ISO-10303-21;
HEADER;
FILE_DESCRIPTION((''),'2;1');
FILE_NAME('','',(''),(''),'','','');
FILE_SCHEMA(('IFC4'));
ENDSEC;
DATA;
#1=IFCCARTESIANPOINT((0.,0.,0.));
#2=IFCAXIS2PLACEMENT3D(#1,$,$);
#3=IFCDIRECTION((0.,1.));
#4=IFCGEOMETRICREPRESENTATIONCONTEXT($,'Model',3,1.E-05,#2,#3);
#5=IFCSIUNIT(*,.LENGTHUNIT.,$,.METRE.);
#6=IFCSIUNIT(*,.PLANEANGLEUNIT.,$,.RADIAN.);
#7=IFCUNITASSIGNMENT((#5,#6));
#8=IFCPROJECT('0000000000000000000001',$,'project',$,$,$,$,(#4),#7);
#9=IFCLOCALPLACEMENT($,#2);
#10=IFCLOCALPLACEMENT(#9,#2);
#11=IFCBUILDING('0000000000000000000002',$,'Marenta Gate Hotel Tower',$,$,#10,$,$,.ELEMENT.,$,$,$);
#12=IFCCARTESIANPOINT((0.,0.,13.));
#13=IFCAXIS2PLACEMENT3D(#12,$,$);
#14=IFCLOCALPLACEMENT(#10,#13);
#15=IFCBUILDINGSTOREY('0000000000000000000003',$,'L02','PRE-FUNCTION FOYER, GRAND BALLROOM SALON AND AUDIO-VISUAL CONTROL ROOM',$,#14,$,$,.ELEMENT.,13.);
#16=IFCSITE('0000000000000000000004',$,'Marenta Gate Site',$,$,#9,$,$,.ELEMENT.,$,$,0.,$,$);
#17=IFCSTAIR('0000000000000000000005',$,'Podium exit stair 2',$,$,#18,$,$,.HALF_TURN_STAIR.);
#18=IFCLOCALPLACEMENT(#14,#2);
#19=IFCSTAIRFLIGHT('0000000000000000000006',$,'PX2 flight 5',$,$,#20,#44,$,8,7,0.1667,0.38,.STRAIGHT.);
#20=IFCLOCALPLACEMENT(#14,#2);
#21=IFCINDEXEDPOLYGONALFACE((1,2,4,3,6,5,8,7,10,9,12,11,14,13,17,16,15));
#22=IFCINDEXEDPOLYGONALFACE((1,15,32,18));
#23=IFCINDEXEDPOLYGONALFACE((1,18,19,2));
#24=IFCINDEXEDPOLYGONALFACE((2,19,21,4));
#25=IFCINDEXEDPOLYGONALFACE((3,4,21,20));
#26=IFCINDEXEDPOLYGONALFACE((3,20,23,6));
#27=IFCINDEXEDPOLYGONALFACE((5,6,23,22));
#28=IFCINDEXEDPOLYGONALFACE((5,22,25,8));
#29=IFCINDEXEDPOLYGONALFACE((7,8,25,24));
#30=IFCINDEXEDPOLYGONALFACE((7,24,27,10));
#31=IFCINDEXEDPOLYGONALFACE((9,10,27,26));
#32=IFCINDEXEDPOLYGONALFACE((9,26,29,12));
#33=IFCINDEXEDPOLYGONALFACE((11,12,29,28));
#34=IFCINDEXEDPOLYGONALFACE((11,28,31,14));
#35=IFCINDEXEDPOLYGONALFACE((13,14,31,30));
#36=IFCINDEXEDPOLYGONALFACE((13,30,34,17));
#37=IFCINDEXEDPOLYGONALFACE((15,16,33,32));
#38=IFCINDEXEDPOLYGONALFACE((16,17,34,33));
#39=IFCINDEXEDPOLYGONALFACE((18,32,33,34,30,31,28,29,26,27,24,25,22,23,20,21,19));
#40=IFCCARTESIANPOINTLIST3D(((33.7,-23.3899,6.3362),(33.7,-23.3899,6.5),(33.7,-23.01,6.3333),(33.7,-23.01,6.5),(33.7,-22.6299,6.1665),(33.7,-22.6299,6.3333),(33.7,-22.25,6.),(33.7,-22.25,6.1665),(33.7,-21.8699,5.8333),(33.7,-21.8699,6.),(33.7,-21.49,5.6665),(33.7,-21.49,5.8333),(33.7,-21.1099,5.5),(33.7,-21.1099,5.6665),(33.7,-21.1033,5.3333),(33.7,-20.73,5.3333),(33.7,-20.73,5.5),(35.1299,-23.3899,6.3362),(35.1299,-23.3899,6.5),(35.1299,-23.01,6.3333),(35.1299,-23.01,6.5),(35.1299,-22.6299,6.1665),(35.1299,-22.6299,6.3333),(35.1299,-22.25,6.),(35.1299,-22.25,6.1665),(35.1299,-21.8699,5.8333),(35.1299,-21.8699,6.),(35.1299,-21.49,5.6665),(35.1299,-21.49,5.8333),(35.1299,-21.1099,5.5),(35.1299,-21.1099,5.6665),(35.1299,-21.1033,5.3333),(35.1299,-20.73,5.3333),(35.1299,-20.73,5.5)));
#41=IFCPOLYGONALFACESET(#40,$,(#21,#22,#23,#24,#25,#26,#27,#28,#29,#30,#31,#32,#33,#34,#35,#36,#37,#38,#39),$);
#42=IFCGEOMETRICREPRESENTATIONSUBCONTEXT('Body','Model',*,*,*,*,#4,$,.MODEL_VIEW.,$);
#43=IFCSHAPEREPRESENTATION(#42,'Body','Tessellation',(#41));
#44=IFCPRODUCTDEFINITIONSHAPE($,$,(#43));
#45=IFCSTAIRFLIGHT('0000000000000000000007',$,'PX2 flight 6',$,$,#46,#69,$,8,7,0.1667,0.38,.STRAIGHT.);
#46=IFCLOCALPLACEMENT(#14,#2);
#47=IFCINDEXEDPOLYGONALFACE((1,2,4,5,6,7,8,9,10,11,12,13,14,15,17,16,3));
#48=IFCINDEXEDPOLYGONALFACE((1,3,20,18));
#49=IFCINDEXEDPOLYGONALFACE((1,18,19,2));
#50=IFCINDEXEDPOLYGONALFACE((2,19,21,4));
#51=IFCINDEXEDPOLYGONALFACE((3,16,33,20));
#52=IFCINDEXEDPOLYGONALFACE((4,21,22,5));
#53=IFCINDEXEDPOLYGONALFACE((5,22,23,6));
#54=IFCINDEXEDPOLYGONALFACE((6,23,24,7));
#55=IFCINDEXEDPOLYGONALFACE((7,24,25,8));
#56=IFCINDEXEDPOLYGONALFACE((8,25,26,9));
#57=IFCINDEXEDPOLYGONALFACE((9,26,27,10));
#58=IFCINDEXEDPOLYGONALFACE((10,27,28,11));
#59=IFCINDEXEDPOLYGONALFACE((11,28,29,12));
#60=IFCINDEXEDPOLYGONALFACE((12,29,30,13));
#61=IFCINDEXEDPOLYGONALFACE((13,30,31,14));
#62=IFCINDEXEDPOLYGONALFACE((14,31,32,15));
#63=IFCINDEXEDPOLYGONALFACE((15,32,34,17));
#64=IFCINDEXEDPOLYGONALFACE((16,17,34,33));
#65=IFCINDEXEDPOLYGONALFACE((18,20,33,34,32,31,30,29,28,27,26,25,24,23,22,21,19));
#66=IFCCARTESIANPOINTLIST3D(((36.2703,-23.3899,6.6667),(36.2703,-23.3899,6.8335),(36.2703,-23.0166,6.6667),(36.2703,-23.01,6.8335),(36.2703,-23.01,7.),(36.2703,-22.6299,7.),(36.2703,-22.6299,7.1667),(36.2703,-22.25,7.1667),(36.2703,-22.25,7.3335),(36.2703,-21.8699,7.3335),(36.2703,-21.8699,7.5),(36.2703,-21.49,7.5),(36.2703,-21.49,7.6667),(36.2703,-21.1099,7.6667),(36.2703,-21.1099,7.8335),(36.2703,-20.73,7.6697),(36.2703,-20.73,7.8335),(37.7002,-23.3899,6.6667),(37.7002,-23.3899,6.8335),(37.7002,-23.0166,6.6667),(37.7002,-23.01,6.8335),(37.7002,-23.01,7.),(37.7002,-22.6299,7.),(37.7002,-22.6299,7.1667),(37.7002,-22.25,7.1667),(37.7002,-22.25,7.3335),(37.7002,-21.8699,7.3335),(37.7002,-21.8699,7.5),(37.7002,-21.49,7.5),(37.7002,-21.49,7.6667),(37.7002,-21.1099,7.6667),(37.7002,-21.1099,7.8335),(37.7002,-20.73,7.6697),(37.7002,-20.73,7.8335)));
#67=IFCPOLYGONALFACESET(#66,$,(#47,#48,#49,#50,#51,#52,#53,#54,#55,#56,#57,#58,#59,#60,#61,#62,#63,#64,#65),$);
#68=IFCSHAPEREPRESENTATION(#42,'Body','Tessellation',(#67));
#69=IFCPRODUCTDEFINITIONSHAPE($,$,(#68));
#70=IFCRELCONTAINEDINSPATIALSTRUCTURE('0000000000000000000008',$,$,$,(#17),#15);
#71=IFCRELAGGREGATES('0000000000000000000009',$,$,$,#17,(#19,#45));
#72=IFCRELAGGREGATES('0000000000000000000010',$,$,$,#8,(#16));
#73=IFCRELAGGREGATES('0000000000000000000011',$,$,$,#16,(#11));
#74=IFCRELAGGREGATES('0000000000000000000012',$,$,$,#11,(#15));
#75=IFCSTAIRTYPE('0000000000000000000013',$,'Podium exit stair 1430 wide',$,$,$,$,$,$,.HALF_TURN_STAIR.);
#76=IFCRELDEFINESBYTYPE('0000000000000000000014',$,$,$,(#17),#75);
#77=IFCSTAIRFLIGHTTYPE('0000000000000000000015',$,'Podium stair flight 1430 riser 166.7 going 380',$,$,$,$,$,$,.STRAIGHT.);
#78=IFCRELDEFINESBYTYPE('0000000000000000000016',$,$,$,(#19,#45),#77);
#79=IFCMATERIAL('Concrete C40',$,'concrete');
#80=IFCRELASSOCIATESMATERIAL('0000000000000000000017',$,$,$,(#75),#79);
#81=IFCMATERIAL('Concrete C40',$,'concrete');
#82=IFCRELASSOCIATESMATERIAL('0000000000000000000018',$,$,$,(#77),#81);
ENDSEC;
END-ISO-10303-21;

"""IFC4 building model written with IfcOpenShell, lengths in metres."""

from ifc_helpers import new_model, si_unit, direction, frame, origin, place, context, subcontext, project, spatial, polyline, outline, extrude, material, type_object, element, aggregate, save


model = new_model("IFC4")

# Units and contexts
model_context = context("Model", 3, precision=1e-05, world=origin(), true_north=direction((0.0, 1.0)))
body_context = subcontext(model_context, "Body", "Model", "MODEL_VIEW")
ifc_project = project(units=[si_unit("LENGTHUNIT", "METRE"), si_unit("PLANEANGLEUNIT", "RADIAN")], contexts=[model_context])

# Site, building, storey
site_placement = place(None, origin())
site = spatial("IfcSite", under=ifc_project, at=site_placement, Name="Marenta Gate Site", CompositionType="ELEMENT", RefElevation=0.0)
building_placement = place(site_placement, origin())
building = spatial("IfcBuilding", under=site, at=building_placement, Name="Marenta Gate Hotel Tower", CompositionType="ELEMENT")
storey_placement = place(building_placement, frame((0.0, 0.0, 13.0)))
storey = spatial("IfcBuildingStorey", under=building, at=storey_placement, Name="L02", Description="PRE-FUNCTION FOYER, GRAND BALLROOM SALON AND AUDIO-VISUAL CONTROL ROOM", CompositionType="ELEMENT", Elevation=13.0)

# Stair, stair flights
ifc_material_1 = material(Name="Concrete C40", Category="concrete")
stair_type = type_object("IfcStairType", Name="Podium exit stair 1430 wide", PredefinedType="HALF_TURN_STAIR", material=ifc_material_1)
stair_placement = place(storey_placement, origin())
stair = element("IfcStair", 1, at=stair_placement, inside=storey, type_object=stair_type, Name="Podium exit stair 2", PredefinedType="HALF_TURN_STAIR")
ifc_material_2 = material(Name="Concrete C40", Category="concrete")
stair_flight_type = type_object("IfcStairFlightType", Name="Podium stair flight 1430 riser 166.7 going 380", PredefinedType="STRAIGHT", material=ifc_material_2)
stair_flight_1_placement = place(storey_placement, frame((34.415, -20.73, 5.3333), z_axis=(0.0, 0.0, 1.0), x_axis=(0.0, -1.0, 0.0)))
stair_flight_1 = element("IfcStairFlight", 2, at=stair_flight_1_placement, type_object=stair_flight_type, Name="PX2 flight 5", NumberOfRisers=8, NumberOfTreads=7, PredefinedType="STRAIGHT", RiserHeight=0.1667, TreadLength=0.38, context=body_context, shape_type="SweptSolid", body=[
    extrude(outline(polyline([(0.0, 0.0), (0.0, 0.1667), (0.3799, 0.1667), (0.3799, 0.3333), (0.76, 0.3333), (0.76, 0.5), (1.1399, 0.5), (1.1399, 0.6667), (1.52, 0.6667), (1.52, 0.8333), (1.8999, 0.8333), (1.8999, 1.0), (2.28, 1.0), (2.28, 1.1667), (2.6599, 1.1667), (2.6599, 1.3333), (2.6599, 1.0029), (0.3733, 0.0), (0.0, 0.0)])), frame((0.0, 0.7148, 0.0), z_axis=(0.0, -1.0, 0.0), x_axis=(1.0, 0.0, 0.0)), (0.0, 0.0, 1.0), 1.4299),
])
stair_flight_2_placement = place(storey_placement, frame((36.9851, -23.3899, 6.6667), z_axis=(0.0, 0.0, 1.0), x_axis=(0.0, 1.0, 0.0)))
stair_flight_2 = element("IfcStairFlight", 3, at=stair_flight_2_placement, type_object=stair_flight_type, Name="PX2 flight 6", NumberOfRisers=8, NumberOfTreads=7, PredefinedType="STRAIGHT", RiserHeight=0.1667, TreadLength=0.38, context=body_context, shape_type="SweptSolid", body=[
    extrude(outline(polyline([(0.0, 0.0), (0.0, 0.1667), (0.3799, 0.1667), (0.3799, 0.3333), (0.76, 0.3333), (0.76, 0.5), (1.1399, 0.5), (1.1399, 0.6667), (1.52, 0.6667), (1.52, 0.8333), (1.8999, 0.8333), (1.8999, 1.0), (2.28, 1.0), (2.28, 1.1667), (2.6599, 1.1667), (2.6599, 1.3333), (2.6599, 1.0029), (0.3733, 0.0), (0.0, 0.0)])), frame((0.0, 0.7148, 0.0), z_axis=(0.0, -1.0, 0.0), x_axis=(1.0, 0.0, 0.0)), (0.0, 0.0, 1.0), 1.4299),
])
aggregate(stair, [stair_flight_1, stair_flight_2])

save(model, "model.ifc")
